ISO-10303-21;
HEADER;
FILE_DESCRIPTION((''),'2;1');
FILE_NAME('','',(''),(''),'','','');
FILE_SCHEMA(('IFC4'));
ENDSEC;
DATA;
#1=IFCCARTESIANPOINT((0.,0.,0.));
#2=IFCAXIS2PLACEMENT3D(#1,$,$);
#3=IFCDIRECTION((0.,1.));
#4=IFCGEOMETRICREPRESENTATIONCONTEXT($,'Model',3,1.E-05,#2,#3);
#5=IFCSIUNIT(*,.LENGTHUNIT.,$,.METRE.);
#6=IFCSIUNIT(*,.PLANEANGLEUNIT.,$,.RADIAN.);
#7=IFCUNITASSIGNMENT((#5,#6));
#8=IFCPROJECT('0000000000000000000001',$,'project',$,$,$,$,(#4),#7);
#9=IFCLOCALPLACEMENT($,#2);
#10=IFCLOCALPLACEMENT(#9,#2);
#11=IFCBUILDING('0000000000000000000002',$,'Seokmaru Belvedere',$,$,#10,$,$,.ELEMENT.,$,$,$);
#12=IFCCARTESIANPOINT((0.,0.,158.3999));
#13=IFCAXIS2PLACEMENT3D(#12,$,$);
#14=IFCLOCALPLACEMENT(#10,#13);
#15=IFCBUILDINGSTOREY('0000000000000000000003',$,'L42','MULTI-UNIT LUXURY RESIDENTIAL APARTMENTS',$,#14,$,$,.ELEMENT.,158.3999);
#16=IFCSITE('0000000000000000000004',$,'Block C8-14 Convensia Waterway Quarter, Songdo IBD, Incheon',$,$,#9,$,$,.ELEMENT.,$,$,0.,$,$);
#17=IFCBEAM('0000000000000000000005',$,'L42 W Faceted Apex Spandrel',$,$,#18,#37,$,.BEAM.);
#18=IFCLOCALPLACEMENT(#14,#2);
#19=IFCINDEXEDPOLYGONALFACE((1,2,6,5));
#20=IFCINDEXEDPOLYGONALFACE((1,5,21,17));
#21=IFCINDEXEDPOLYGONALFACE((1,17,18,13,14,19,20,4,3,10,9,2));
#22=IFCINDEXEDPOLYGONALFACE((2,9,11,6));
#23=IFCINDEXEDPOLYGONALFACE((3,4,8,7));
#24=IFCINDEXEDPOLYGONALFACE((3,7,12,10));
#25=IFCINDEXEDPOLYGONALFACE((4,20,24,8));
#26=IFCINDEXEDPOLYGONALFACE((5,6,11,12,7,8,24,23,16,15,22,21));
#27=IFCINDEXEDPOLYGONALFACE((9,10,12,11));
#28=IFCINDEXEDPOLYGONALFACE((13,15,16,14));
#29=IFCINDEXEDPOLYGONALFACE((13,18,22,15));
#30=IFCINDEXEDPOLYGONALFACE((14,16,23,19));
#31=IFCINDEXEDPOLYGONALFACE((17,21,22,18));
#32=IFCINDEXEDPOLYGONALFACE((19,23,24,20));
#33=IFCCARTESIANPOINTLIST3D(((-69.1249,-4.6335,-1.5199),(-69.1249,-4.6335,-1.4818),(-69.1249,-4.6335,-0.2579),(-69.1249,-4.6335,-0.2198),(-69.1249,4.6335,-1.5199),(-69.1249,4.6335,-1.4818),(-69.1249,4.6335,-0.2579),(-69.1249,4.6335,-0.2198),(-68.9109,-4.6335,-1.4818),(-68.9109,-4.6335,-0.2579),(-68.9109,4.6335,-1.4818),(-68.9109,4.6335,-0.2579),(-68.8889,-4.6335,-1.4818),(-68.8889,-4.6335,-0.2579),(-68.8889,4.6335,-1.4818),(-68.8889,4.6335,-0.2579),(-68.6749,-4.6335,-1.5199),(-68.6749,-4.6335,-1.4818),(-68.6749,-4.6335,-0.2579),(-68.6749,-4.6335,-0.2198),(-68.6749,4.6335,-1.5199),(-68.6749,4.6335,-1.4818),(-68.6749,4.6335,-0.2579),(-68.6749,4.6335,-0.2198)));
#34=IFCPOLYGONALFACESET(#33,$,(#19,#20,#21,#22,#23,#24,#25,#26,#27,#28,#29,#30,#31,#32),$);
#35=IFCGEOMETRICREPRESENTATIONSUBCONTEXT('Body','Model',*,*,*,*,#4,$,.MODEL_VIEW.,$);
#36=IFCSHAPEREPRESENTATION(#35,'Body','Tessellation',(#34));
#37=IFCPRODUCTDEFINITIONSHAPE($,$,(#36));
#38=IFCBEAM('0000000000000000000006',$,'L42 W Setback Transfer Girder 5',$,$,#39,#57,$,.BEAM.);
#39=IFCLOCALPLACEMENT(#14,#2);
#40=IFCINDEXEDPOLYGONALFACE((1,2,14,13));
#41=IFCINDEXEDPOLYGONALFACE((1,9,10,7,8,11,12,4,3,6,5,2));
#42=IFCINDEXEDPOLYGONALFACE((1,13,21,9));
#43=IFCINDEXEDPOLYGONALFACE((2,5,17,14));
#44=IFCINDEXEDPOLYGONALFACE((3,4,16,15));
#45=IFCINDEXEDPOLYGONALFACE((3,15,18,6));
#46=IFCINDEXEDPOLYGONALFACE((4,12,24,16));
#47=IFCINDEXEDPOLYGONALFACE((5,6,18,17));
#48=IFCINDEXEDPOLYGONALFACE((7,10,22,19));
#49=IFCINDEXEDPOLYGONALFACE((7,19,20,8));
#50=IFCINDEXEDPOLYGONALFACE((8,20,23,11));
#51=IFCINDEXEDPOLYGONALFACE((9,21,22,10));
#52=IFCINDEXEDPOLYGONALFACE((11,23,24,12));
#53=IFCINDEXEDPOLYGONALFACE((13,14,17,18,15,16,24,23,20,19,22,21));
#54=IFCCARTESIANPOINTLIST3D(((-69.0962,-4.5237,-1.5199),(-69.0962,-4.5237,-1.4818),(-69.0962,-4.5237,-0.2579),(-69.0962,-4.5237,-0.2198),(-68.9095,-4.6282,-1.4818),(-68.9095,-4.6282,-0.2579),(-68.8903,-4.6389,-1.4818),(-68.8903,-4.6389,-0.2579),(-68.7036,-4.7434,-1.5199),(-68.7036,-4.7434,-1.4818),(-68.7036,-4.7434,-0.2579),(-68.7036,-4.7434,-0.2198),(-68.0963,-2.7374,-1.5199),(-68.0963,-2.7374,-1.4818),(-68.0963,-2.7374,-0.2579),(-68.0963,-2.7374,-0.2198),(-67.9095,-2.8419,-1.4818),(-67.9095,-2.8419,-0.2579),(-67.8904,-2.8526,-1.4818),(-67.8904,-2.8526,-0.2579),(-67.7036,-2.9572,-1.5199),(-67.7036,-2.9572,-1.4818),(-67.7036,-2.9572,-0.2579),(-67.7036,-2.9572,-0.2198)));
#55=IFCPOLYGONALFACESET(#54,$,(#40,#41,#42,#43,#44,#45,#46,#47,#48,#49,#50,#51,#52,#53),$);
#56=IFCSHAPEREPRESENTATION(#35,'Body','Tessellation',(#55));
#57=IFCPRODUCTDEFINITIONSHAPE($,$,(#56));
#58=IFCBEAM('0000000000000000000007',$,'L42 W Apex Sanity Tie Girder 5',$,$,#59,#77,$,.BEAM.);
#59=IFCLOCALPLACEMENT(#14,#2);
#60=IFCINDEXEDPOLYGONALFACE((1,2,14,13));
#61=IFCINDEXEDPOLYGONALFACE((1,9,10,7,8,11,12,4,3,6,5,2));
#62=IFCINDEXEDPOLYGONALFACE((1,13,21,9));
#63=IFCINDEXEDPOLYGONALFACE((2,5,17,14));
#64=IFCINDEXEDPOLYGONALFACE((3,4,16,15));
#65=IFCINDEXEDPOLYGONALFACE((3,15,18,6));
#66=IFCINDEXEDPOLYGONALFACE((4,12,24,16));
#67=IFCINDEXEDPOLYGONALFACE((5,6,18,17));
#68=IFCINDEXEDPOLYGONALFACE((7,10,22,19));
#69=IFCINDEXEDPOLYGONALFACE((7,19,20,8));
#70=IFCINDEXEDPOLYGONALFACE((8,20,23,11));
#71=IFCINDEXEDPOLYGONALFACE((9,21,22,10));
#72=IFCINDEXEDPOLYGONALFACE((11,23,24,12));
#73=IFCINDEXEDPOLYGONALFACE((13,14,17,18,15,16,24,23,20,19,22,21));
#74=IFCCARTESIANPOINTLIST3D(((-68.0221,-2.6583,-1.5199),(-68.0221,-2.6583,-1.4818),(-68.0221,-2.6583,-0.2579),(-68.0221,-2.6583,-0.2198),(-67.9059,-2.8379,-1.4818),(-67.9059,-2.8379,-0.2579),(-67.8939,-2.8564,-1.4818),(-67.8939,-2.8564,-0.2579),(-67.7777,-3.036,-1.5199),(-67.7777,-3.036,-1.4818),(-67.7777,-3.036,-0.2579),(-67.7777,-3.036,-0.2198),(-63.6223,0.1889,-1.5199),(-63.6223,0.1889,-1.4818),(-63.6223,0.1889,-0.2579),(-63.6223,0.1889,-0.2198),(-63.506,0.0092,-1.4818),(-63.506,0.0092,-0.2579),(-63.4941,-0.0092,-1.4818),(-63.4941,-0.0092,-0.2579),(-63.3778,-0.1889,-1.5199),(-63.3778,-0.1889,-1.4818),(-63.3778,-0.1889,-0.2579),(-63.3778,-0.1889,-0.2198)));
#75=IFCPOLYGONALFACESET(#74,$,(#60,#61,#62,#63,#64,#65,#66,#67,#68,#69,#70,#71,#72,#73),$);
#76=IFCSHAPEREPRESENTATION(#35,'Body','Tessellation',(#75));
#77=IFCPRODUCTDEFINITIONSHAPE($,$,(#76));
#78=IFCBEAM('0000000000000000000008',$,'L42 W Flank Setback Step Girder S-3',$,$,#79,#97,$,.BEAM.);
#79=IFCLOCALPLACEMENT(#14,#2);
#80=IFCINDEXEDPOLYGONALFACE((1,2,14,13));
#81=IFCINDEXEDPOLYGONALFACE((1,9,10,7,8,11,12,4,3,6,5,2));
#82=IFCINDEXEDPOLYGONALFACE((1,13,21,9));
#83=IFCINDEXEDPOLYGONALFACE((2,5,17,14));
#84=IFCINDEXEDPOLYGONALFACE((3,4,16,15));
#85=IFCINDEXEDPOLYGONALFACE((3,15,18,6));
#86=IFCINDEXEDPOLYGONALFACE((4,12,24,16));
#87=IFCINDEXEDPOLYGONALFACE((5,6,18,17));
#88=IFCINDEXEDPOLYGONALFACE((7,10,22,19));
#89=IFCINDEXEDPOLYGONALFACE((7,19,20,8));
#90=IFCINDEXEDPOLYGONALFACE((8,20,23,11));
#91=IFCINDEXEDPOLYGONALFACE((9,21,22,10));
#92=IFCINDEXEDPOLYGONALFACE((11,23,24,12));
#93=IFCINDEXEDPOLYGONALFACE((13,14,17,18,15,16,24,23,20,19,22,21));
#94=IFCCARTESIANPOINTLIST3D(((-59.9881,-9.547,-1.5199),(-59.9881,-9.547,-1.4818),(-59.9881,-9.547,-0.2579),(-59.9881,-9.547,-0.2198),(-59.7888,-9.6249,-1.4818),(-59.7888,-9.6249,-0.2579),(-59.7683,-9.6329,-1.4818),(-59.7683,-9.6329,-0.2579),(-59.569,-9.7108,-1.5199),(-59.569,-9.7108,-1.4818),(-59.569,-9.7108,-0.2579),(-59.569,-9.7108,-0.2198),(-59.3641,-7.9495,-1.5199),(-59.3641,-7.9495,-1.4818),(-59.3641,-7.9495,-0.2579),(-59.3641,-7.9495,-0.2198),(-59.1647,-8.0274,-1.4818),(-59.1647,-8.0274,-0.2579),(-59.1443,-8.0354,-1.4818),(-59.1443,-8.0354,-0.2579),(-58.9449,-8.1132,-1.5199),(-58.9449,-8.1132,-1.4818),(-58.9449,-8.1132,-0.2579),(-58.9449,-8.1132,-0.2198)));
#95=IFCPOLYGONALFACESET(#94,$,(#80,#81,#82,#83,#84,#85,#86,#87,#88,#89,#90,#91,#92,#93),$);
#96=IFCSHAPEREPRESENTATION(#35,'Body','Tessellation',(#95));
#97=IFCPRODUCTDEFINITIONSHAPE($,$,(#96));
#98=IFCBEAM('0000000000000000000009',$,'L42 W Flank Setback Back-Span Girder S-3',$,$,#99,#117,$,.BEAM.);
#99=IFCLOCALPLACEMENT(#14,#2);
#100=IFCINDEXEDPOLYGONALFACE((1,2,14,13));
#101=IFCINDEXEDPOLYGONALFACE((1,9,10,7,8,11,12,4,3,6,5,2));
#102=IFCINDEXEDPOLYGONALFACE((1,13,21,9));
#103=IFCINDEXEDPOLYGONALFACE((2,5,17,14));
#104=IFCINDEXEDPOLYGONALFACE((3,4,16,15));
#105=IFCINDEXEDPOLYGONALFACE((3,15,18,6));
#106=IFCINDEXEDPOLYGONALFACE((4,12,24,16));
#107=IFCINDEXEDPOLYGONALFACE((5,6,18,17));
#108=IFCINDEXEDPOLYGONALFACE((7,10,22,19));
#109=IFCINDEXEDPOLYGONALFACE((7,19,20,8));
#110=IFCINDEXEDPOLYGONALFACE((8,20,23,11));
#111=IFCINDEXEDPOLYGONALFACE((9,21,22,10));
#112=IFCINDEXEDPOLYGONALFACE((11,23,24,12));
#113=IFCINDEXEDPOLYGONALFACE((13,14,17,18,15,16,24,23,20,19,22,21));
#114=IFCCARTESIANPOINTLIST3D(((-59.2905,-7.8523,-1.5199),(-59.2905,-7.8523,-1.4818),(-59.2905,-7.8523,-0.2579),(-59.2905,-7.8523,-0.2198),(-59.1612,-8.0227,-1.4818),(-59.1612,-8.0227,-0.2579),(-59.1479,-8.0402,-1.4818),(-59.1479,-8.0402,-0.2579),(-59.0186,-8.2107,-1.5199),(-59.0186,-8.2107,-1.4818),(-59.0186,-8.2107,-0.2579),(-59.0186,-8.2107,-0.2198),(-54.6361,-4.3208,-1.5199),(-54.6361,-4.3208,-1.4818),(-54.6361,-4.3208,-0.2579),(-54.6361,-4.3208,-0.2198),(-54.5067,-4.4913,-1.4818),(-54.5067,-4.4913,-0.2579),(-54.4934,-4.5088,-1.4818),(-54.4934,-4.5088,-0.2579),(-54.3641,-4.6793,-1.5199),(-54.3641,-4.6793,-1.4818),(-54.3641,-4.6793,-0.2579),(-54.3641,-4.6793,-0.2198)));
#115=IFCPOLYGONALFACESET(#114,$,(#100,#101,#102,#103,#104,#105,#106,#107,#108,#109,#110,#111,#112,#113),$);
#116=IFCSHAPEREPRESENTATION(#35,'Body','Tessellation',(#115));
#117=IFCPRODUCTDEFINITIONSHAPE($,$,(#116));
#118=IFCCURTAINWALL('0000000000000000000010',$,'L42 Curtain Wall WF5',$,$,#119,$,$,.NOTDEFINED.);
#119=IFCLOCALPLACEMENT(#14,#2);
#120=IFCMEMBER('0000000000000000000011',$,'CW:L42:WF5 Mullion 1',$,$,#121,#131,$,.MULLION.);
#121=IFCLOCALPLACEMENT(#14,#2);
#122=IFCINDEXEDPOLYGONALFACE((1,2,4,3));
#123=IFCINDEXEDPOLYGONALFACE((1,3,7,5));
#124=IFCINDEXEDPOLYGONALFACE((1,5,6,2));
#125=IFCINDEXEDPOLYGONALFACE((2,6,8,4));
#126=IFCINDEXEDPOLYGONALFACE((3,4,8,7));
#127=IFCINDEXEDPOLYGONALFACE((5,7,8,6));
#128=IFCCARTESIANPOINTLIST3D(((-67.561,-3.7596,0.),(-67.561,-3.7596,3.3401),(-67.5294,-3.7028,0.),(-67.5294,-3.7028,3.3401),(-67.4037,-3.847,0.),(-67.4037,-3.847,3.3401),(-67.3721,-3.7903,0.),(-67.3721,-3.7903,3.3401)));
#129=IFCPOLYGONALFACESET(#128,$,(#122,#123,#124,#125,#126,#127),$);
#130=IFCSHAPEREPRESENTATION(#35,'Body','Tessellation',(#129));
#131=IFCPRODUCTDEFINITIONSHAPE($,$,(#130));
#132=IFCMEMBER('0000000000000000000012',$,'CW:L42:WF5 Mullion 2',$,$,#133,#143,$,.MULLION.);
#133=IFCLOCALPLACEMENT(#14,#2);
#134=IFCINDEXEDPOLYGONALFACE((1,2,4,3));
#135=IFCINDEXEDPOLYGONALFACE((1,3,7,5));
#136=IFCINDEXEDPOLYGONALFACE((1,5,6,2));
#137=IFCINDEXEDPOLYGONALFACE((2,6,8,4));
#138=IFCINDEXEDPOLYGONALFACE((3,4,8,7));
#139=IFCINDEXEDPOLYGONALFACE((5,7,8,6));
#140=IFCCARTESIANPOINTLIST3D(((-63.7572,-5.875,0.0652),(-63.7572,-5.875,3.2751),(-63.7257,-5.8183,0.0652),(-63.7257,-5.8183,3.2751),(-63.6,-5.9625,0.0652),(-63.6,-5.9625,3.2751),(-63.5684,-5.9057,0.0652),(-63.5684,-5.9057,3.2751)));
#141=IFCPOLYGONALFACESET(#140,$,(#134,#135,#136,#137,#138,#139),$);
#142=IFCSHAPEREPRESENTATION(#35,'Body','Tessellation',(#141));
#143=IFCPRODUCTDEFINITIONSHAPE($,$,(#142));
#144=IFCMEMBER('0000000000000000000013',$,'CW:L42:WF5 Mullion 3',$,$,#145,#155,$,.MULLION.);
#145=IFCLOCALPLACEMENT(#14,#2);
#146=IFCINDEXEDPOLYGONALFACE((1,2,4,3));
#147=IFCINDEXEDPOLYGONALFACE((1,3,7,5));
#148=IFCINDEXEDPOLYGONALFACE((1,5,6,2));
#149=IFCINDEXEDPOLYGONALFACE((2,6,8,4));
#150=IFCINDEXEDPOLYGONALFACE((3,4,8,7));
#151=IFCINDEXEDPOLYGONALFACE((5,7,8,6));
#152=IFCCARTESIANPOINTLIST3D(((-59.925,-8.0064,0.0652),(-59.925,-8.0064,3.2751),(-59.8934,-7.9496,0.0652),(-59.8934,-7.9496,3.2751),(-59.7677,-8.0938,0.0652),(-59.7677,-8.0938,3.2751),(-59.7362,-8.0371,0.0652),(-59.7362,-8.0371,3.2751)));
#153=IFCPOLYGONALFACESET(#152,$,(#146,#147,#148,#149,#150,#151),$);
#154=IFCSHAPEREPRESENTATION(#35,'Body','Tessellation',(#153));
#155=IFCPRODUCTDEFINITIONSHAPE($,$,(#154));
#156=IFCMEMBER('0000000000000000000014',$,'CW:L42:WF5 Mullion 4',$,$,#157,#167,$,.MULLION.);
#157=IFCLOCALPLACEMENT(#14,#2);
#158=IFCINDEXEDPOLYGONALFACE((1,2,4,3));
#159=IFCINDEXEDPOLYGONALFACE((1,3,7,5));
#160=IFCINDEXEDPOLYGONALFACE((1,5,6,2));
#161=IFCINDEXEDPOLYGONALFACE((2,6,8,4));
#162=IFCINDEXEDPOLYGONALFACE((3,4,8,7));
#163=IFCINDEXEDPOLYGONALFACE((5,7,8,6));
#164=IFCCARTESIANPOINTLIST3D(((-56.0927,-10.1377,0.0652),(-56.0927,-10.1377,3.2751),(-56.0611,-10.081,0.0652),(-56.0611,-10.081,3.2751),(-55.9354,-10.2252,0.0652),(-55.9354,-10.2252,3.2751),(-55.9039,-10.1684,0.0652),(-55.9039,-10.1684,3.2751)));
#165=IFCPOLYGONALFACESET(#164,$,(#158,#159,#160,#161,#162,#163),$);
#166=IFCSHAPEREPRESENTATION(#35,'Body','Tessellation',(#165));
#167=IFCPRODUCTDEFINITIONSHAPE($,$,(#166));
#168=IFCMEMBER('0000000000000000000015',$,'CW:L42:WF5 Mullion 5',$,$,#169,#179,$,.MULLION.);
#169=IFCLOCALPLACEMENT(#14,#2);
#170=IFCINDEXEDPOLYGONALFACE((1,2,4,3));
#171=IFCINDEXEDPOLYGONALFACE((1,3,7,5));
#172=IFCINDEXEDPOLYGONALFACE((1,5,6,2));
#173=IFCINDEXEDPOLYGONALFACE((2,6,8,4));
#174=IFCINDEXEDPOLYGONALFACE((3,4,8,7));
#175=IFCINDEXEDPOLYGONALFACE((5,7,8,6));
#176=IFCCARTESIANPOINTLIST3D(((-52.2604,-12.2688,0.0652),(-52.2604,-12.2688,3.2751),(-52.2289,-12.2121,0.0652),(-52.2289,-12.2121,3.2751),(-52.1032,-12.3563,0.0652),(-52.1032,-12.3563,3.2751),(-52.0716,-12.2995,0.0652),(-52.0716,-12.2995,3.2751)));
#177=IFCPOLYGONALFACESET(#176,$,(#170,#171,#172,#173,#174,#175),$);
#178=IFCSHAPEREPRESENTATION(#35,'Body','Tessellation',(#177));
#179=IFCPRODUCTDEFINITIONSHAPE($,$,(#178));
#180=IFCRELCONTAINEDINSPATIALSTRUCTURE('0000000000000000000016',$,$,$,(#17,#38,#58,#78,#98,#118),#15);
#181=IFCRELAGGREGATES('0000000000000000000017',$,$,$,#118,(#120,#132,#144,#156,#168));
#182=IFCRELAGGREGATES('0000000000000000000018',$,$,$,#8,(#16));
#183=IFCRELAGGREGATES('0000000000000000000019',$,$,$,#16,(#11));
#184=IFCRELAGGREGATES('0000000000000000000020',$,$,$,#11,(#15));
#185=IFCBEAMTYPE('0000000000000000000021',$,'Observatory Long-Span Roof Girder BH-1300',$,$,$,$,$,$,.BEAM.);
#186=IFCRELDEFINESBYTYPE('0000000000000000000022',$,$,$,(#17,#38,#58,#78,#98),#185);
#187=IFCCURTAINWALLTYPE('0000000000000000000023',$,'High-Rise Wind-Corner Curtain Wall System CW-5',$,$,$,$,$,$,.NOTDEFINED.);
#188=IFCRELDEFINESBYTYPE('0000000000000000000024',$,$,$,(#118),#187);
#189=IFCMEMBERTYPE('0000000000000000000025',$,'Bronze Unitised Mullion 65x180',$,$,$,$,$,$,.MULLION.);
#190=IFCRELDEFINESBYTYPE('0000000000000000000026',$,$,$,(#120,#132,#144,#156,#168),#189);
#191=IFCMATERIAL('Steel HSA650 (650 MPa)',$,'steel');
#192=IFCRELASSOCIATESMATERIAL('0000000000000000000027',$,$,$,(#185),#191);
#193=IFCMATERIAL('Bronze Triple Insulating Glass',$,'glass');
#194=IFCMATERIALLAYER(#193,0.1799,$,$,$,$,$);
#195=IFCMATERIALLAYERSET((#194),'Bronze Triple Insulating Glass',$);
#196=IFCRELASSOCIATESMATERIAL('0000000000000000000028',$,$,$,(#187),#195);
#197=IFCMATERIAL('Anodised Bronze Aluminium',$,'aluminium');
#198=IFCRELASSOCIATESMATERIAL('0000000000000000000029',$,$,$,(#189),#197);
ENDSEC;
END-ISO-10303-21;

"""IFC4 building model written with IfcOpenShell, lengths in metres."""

from ifc_helpers import new_model, si_unit, direction, frame, origin, origin_2d, place, context, subcontext, project, spatial, rectangle, i_section, extrude, source, transform, mapped, material, layer, layer_set, material_profile, profile_set, type_object, type_shapes, element, aggregate, save


model = new_model("IFC4")

# Units and contexts
model_context = context("Model", 3, precision=1e-05, world=origin(), true_north=direction((0.0, 1.0)))
body_context = subcontext(model_context, "Body", "Model", "MODEL_VIEW")
ifc_project = project(units=[si_unit("LENGTHUNIT", "METRE"), si_unit("PLANEANGLEUNIT", "RADIAN")], contexts=[model_context])

# Site, building, storey
site_placement = place(None, origin())
site = spatial("IfcSite", under=ifc_project, at=site_placement, Name="Block C8-14 Convensia Waterway Quarter, Songdo IBD, Incheon", CompositionType="ELEMENT", RefElevation=0.0)
building_placement = place(site_placement, origin())
building = spatial("IfcBuilding", under=site, at=building_placement, Name="Seokmaru Belvedere", CompositionType="ELEMENT")
storey_placement = place(building_placement, frame((0.0, 0.0, 158.3999)))
storey = spatial("IfcBuildingStorey", under=building, at=storey_placement, Name="L42", Description="MULTI-UNIT LUXURY RESIDENTIAL APARTMENTS", CompositionType="ELEMENT", Elevation=158.3999)

# Beams
ifc_material_1 = material(Name="Steel HSA650 (650 MPa)", Category="steel")
ifc_material_profile_1 = material_profile(ifc_material_1, i_section(OverallWidth=0.45, OverallDepth=1.3, WebThickness=0.022, FlangeThickness=0.0381, at=origin_2d()), Name="BH-1300x450x22x38")
ifc_profile_set_1 = profile_set([ifc_material_profile_1], Name="Steel HSA650 (650 MPa)")
beam_type_1 = type_object("IfcBeamType", Name="Observatory Long-Span Roof Girder BH-1300", PredefinedType="BEAM", material=ifc_profile_set_1)
shared_shape_1 = source(origin(), body_context, "Body", "SweptSolid", [
    extrude(i_section(OverallWidth=0.45, OverallDepth=1.3, WebThickness=0.022, FlangeThickness=0.0381, at=origin_2d()), origin(), (0.0, 0.0, 1.0), 9.2671),
])
beam_1_placement = place(storey_placement, frame((-68.8999, -4.6335, -0.8699), z_axis=(0.0, 1.0, 0.0), x_axis=(-1.0, 0.0, 0.0)))
element("IfcBeam", 1, at=beam_1_placement, inside=storey, type_object=beam_type_1, Name="L42 W Faceted Apex Spandrel", PredefinedType="BEAM", context=body_context, shape_type="MappedRepresentation", body=[
    mapped(shared_shape_1, transform((0.0, 0.0, 0.0), scale=1.0)),
])
shared_shape_2 = source(origin(), body_context, "Body", "SweptSolid", [
    extrude(i_section(OverallWidth=0.45, OverallDepth=1.3, WebThickness=0.022, FlangeThickness=0.0381, at=origin_2d()), origin(), (0.0, 0.0, 1.0), 2.0471),
])
beam_2_placement = place(storey_placement, frame((-68.8999, -4.6335, -0.8699), z_axis=(0.488465, 0.872583, 0.0), x_axis=(-0.872583, 0.488465, 0.0)))
element("IfcBeam", 2, at=beam_2_placement, inside=storey, type_object=beam_type_1, Name="L42 W Setback Transfer Girder 5", PredefinedType="BEAM", context=body_context, shape_type="MappedRepresentation", body=[
    mapped(shared_shape_2, transform((0.0, 0.0, 0.0), scale=1.0)),
])
shared_shape_3 = source(origin(), body_context, "Body", "SweptSolid", [
    extrude(i_section(OverallWidth=0.45, OverallDepth=1.3, WebThickness=0.022, FlangeThickness=0.0381, at=origin_2d()), origin(), (0.0, 0.0, 1.0), 5.2407),
])
beam_3_placement = place(storey_placement, frame((-67.8999, -2.8472, -0.8699), z_axis=(0.839555, 0.543274, 0.0), x_axis=(-0.543274, 0.839555, 0.0)))
element("IfcBeam", 3, at=beam_3_placement, inside=storey, type_object=beam_type_1, Name="L42 W Apex Sanity Tie Girder 5", PredefinedType="BEAM", context=body_context, shape_type="MappedRepresentation", body=[
    mapped(shared_shape_3, transform((0.0, 0.0, 0.0), scale=1.0)),
])
shared_shape_4 = source(origin(), body_context, "Body", "SweptSolid", [
    extrude(i_section(OverallWidth=0.45, OverallDepth=1.3, WebThickness=0.022, FlangeThickness=0.0381, at=origin_2d()), origin(), (0.0, 0.0, 1.0), 1.7151),
])
beam_4_placement = place(storey_placement, frame((-59.7786, -9.6289, -0.8699), z_axis=(0.363868, 0.931451, 0.0), x_axis=(-0.931451, 0.363868, 0.0)))
element("IfcBeam", 4, at=beam_4_placement, inside=storey, type_object=beam_type_1, Name="L42 W Flank Setback Step Girder S-3", PredefinedType="BEAM", context=body_context, shape_type="MappedRepresentation", body=[
    mapped(shared_shape_4, transform((0.0, 0.0, 0.0), scale=1.0)),
])
shared_shape_5 = source(origin(), body_context, "Body", "SweptSolid", [
    extrude(i_section(OverallWidth=0.45, OverallDepth=1.3, WebThickness=0.022, FlangeThickness=0.0381, at=origin_2d()), origin(), (0.0, 0.0, 1.0), 5.8425),
])
beam_5_placement = place(storey_placement, frame((-59.1545, -8.0315, -0.8699), z_axis=(0.796653, 0.604437, 0.0), x_axis=(-0.604437, 0.796653, 0.0)))
element("IfcBeam", 5, at=beam_5_placement, inside=storey, type_object=beam_type_1, Name="L42 W Flank Setback Back-Span Girder S-3", PredefinedType="BEAM", context=body_context, shape_type="MappedRepresentation", body=[
    mapped(shared_shape_5, transform((0.0, 0.0, 0.0), scale=1.0)),
])

# Curtain wall, members
ifc_material_2 = material(Name="Bronze Triple Insulating Glass", Category="glass")
ifc_layer_1 = layer(ifc_material_2, 0.1799)
ifc_layer_set_1 = layer_set([ifc_layer_1], Name="Bronze Triple Insulating Glass")
curtain_wall_type = type_object("IfcCurtainWallType", Name="High-Rise Wind-Corner Curtain Wall System CW-5", PredefinedType="NOTDEFINED", material=ifc_layer_set_1)
curtain_wall_placement = place(storey_placement, origin())
curtain_wall = element("IfcCurtainWall", 6, at=curtain_wall_placement, inside=storey, type_object=curtain_wall_type, Name="L42 Curtain Wall WF5", PredefinedType="NOTDEFINED")
ifc_material_3 = material(Name="Anodised Bronze Aluminium", Category="aluminium")
ifc_material_profile_2 = material_profile(ifc_material_3, rectangle(XDim=0.0649, YDim=0.1799, at=origin_2d()), Name="CW-M-65x180")
ifc_profile_set_2 = profile_set([ifc_material_profile_2], Name="Anodised Bronze Aluminium")
member_type_1 = type_object("IfcMemberType", Name="Bronze Unitised Mullion 65x180", PredefinedType="MULLION", material=ifc_profile_set_2)
shared_shape_6 = source(origin(), body_context, "Body", "SweptSolid", [
    extrude(rectangle(XDim=0.0649, YDim=0.1799, at=origin_2d()), origin(), (0.0, 0.0, 1.0), 3.3401),
])
member_1_placement = place(storey_placement, frame((-67.4666, -3.7749, 0.0), z_axis=(0.0, 0.0, 1.0), x_axis=(0.486047, 0.873933, 0.0)))
member_1 = element("IfcMember", 7, at=member_1_placement, type_object=member_type_1, Name="CW:L42:WF5 Mullion 1", PredefinedType="MULLION", context=body_context, shape_type="MappedRepresentation", body=[
    mapped(shared_shape_6, transform((0.0, 0.0, 0.0), scale=1.0)),
])
shared_shape_7 = source(origin(), body_context, "Body", "SweptSolid", [
    extrude(rectangle(XDim=0.0649, YDim=0.1799, at=origin_2d()), origin(), (0.0, 0.0, 1.0), 3.21),
])
type_shapes(member_type_1, [shared_shape_6, shared_shape_7])
member_2_placement = place(storey_placement, frame((-63.6628, -5.8904, 0.0652), z_axis=(0.0, 0.0, 1.0), x_axis=(0.486047, 0.873933, 0.0)))
member_2 = element("IfcMember", 8, at=member_2_placement, type_object=member_type_1, Name="CW:L42:WF5 Mullion 2", PredefinedType="MULLION", context=body_context, shape_type="MappedRepresentation", body=[
    mapped(shared_shape_7, transform((0.0, 0.0, 0.0), scale=1.0)),
])
member_3_placement = place(storey_placement, frame((-59.8306, -8.0217, 0.0652), z_axis=(0.0, 0.0, 1.0), x_axis=(0.486047, 0.873933, 0.0)))
member_3 = element("IfcMember", 9, at=member_3_placement, type_object=member_type_1, Name="CW:L42:WF5 Mullion 3", PredefinedType="MULLION", context=body_context, shape_type="MappedRepresentation", body=[
    mapped(shared_shape_7, transform((0.0, 0.0, 0.0), scale=1.0)),
])
member_4_placement = place(storey_placement, frame((-55.9983, -10.1531, 0.0652), z_axis=(0.0, 0.0, 1.0), x_axis=(0.486047, 0.873933, 0.0)))
member_4 = element("IfcMember", 10, at=member_4_placement, type_object=member_type_1, Name="CW:L42:WF5 Mullion 4", PredefinedType="MULLION", context=body_context, shape_type="MappedRepresentation", body=[
    mapped(shared_shape_7, transform((0.0, 0.0, 0.0), scale=1.0)),
])
member_5_placement = place(storey_placement, frame((-52.166, -12.2842, 0.0652), z_axis=(0.0, 0.0, 1.0), x_axis=(0.486047, 0.873933, 0.0)))
member_5 = element("IfcMember", 11, at=member_5_placement, type_object=member_type_1, Name="CW:L42:WF5 Mullion 5", PredefinedType="MULLION", context=body_context, shape_type="MappedRepresentation", body=[
    mapped(shared_shape_7, transform((0.0, 0.0, 0.0), scale=1.0)),
])
aggregate(curtain_wall, [member_1, member_2, member_3, member_4, member_5])

save(model, "model.ifc")
